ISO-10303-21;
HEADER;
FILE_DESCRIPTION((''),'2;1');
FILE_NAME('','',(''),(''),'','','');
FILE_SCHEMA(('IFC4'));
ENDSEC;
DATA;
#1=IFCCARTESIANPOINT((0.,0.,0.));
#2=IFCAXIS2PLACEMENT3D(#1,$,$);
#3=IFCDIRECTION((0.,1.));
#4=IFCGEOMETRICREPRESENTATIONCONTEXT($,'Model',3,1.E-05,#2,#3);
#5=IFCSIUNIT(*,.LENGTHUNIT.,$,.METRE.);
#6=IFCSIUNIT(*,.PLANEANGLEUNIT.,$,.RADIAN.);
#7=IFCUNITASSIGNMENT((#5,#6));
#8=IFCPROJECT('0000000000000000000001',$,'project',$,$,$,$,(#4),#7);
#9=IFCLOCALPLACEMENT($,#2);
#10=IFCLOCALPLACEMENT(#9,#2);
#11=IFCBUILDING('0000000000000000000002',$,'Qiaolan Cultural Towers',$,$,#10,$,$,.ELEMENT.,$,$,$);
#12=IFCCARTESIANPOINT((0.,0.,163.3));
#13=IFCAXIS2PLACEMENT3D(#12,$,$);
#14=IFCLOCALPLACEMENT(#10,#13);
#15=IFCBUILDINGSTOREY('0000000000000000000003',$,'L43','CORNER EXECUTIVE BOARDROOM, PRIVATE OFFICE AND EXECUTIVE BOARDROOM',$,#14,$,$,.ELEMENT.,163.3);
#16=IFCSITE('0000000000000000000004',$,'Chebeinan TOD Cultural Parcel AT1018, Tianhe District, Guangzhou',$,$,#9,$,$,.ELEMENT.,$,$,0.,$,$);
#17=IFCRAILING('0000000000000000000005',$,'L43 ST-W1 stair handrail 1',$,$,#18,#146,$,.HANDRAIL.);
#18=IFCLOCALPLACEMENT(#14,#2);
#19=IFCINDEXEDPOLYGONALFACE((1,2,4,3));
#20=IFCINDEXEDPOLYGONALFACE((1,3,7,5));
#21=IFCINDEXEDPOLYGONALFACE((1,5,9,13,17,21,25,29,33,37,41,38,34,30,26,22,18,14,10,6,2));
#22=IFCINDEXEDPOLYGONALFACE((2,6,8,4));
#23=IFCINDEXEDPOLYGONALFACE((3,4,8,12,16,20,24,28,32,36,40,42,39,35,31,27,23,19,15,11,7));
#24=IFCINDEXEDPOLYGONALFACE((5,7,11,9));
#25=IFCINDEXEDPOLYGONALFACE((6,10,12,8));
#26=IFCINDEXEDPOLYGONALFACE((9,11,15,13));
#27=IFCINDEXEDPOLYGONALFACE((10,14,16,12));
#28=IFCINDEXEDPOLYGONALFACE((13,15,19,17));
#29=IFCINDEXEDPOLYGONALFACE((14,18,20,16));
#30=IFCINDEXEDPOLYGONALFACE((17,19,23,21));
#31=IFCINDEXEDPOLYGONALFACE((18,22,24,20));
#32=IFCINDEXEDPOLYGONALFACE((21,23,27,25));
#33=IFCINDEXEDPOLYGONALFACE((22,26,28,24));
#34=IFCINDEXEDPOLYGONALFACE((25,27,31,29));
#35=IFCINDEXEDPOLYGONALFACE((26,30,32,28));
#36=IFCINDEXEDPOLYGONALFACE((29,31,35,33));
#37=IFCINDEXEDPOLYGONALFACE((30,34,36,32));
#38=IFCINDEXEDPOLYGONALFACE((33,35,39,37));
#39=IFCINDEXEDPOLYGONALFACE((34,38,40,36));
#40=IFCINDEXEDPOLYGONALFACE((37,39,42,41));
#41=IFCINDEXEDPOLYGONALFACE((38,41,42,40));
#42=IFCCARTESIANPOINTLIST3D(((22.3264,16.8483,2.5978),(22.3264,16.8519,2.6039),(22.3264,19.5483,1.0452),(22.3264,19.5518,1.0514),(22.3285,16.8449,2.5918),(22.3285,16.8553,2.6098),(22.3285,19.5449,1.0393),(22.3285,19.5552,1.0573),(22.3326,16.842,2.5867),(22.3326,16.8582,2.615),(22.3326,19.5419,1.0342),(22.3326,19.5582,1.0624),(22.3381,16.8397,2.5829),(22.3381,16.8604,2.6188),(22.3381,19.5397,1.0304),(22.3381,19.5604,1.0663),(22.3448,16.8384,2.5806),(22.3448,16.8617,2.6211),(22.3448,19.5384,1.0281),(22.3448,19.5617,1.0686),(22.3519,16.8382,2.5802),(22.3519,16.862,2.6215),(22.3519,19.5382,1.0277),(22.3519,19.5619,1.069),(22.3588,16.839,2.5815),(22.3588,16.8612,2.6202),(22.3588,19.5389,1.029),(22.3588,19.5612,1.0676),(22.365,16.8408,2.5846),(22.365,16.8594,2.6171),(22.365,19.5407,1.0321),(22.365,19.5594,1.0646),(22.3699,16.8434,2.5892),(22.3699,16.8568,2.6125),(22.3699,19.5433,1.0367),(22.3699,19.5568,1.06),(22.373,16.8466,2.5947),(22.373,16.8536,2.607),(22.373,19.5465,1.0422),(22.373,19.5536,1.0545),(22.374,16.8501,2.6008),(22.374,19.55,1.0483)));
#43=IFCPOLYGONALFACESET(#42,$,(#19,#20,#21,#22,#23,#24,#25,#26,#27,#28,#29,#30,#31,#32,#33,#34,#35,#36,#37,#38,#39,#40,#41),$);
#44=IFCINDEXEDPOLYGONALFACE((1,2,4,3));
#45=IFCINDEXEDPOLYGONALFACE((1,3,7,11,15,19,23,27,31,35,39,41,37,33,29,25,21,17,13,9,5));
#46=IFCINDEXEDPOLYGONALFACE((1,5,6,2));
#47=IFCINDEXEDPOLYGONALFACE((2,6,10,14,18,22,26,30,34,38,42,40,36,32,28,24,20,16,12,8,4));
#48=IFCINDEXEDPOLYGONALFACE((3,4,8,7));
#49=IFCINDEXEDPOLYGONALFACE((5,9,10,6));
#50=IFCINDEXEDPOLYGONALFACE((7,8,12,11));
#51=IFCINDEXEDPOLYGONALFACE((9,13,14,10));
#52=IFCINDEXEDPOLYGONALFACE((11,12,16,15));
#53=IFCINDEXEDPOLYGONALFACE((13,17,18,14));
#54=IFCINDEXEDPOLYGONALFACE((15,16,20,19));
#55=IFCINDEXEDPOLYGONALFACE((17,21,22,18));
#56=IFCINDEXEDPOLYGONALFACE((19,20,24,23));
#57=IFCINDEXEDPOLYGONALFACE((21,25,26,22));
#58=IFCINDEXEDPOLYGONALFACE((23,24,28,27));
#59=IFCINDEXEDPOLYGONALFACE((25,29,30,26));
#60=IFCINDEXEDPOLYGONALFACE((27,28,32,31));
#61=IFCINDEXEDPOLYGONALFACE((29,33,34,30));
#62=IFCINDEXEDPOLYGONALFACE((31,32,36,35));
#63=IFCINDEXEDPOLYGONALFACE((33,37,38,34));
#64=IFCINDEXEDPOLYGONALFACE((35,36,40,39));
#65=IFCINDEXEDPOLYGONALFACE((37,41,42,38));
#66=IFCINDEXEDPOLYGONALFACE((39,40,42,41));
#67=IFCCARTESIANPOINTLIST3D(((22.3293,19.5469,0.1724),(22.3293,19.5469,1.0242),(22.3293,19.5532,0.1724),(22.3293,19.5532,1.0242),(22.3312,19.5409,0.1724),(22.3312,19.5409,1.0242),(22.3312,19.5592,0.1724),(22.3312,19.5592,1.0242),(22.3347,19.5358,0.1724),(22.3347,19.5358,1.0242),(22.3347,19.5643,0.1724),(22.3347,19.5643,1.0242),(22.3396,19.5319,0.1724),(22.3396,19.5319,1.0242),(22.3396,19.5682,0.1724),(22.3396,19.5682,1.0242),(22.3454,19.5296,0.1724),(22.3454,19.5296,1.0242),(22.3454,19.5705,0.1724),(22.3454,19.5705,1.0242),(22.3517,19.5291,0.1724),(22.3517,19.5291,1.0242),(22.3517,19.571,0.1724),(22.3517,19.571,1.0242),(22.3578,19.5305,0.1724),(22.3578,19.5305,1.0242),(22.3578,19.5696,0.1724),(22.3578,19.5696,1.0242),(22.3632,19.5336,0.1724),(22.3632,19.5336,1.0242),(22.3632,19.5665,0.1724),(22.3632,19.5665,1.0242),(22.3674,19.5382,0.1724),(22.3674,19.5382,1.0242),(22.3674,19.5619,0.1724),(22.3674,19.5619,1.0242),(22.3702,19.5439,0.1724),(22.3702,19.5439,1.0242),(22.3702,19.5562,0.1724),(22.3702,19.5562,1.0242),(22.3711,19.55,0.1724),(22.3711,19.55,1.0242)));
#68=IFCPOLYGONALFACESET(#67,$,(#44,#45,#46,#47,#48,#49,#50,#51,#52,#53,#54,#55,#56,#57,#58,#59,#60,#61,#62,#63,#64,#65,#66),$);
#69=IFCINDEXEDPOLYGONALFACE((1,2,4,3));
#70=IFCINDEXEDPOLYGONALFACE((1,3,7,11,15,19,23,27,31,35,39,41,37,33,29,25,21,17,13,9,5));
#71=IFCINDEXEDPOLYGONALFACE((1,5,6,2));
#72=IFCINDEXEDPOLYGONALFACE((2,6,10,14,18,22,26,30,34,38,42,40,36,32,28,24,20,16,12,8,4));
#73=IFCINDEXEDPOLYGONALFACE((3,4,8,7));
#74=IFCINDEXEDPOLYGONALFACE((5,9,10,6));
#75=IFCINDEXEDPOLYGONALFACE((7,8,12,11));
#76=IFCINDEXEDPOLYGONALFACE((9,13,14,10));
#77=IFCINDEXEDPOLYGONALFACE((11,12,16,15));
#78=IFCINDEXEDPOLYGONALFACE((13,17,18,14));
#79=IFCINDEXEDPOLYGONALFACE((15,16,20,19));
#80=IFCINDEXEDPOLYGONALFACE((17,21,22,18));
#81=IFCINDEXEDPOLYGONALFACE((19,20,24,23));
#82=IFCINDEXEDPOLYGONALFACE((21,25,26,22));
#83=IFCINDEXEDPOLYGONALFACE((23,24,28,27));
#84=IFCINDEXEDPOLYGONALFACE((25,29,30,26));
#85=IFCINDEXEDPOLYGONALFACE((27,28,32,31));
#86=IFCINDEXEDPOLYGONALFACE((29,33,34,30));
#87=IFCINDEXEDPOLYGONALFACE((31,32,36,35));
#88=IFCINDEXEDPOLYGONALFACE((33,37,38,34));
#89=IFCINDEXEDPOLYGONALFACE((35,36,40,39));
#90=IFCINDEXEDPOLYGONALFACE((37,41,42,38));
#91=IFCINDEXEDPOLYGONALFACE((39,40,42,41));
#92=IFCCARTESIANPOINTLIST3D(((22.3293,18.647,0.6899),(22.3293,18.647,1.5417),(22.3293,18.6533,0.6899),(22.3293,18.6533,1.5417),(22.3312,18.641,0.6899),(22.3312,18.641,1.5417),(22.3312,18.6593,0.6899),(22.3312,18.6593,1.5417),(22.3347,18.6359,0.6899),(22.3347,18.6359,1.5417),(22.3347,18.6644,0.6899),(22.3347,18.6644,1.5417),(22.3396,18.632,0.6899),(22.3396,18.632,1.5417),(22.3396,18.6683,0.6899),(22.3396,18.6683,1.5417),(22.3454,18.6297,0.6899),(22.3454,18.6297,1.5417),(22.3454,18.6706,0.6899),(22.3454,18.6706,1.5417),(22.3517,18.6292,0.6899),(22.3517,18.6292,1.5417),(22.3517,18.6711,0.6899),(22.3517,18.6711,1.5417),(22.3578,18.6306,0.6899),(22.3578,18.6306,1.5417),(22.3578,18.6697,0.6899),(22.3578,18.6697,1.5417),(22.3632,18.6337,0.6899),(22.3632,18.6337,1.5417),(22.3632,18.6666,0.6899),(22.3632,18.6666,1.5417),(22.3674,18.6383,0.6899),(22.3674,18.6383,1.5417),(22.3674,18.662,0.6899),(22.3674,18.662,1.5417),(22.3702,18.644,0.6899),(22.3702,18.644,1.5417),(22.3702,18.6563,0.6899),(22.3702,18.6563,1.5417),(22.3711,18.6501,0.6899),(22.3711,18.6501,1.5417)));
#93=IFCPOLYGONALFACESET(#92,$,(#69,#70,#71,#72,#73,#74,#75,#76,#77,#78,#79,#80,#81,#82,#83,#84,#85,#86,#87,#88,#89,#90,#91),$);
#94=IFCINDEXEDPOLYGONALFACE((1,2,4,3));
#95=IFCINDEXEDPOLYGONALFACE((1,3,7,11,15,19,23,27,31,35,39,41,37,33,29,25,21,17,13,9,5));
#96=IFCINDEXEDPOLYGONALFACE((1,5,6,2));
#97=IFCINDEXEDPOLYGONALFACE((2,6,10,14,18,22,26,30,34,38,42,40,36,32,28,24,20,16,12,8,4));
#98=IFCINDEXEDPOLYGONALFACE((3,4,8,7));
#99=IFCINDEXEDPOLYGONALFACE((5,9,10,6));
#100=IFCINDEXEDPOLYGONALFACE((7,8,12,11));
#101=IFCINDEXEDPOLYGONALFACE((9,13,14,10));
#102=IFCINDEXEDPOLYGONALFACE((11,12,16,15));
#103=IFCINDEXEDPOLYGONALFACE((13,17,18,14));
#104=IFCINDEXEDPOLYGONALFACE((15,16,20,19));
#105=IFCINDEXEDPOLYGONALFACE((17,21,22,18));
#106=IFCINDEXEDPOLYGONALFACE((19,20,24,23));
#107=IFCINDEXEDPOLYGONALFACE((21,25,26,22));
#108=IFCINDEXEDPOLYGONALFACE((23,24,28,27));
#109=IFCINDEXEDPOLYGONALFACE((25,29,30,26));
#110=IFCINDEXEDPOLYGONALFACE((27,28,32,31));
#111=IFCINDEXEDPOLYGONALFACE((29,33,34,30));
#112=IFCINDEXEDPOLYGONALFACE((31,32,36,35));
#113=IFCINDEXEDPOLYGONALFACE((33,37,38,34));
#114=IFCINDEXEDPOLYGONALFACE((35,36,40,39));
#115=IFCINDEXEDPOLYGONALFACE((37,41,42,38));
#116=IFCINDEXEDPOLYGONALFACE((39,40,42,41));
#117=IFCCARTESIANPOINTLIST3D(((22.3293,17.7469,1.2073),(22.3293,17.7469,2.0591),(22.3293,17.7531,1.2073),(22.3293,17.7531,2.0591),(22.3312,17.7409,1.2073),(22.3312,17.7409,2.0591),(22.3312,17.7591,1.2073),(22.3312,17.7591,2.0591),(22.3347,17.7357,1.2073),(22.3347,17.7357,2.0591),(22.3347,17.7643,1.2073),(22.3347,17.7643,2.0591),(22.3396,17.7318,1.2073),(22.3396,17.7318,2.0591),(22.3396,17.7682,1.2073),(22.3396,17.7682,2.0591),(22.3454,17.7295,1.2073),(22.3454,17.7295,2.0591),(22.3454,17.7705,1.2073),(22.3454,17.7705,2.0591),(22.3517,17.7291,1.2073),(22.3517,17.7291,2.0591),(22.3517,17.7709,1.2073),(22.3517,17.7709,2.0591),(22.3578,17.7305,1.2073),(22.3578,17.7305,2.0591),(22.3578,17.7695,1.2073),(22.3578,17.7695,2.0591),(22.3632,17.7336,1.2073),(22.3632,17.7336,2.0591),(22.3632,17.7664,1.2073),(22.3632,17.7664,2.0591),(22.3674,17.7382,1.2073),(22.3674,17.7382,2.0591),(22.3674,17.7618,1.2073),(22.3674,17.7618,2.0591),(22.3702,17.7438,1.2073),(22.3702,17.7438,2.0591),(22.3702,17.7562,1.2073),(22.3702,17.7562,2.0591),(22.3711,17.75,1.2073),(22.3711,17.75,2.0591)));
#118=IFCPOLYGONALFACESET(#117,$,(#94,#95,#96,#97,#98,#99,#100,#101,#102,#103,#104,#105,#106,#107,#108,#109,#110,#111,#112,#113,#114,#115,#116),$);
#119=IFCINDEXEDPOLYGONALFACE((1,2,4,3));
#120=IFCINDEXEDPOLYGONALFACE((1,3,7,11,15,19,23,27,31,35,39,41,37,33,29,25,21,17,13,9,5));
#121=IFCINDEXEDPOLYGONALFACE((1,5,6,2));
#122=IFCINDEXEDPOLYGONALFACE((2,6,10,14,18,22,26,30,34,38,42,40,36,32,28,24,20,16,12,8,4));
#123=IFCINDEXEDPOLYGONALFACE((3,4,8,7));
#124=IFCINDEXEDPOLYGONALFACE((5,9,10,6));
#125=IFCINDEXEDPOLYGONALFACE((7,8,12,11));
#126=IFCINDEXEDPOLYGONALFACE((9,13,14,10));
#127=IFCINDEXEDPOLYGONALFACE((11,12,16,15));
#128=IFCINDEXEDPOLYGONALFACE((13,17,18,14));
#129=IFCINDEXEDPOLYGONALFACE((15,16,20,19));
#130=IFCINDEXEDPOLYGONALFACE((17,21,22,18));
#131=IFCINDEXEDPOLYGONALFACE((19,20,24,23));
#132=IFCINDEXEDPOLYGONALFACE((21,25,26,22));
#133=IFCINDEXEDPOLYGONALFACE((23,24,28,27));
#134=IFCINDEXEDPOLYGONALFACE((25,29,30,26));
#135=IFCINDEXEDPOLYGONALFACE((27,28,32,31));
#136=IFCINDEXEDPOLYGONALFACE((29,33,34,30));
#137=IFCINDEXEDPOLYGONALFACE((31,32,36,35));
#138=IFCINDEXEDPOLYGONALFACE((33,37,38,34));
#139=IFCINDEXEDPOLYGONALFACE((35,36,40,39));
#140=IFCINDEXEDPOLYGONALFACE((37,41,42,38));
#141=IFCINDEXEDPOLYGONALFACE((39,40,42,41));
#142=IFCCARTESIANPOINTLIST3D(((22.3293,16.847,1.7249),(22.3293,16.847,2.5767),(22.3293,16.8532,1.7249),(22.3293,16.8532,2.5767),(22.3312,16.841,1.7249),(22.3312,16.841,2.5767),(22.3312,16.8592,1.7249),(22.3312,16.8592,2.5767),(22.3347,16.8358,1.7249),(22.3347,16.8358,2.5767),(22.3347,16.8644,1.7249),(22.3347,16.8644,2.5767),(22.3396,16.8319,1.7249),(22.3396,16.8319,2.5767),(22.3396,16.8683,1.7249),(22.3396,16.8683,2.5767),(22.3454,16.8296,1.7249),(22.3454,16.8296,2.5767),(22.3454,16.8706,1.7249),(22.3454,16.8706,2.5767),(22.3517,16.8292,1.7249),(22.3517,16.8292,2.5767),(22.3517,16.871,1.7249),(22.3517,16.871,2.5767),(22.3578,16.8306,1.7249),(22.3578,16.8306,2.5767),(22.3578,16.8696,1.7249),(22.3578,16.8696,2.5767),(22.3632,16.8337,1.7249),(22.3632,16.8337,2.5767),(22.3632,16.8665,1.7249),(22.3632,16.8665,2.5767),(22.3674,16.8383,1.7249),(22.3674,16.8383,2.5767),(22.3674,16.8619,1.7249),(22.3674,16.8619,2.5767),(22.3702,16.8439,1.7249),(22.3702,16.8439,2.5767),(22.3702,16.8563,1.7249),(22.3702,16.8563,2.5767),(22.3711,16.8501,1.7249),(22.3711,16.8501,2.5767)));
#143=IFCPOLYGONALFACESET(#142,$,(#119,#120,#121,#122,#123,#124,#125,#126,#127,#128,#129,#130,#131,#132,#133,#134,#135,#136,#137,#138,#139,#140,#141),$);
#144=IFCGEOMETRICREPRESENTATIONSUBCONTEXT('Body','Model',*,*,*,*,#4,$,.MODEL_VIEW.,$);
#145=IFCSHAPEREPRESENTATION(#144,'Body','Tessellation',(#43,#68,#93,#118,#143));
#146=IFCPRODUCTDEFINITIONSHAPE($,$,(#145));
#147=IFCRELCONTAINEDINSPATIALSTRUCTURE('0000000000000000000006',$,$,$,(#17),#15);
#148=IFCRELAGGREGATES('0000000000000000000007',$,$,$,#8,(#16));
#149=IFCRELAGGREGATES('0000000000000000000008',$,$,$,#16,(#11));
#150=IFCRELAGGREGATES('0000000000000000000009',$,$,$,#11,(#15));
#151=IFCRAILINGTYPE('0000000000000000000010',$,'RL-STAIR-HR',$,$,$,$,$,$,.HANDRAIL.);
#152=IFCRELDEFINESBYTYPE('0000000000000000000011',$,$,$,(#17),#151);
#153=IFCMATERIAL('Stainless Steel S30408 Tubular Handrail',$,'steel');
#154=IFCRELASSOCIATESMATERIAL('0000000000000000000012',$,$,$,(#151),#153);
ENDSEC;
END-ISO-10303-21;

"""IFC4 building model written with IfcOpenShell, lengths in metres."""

from ifc_helpers import new_model, si_unit, direction, frame, origin, origin_2d, place, context, subcontext, project, spatial, circle, extrude, material, type_object, element, save


model = new_model("IFC4")

# Units and contexts
model_context = context("Model", 3, precision=1e-05, world=origin(), true_north=direction((0.0, 1.0)))
body_context = subcontext(model_context, "Body", "Model", "MODEL_VIEW")
ifc_project = project(units=[si_unit("LENGTHUNIT", "METRE"), si_unit("PLANEANGLEUNIT", "RADIAN")], contexts=[model_context])

# Site, building, storey
site_placement = place(None, origin())
site = spatial("IfcSite", under=ifc_project, at=site_placement, Name="Chebeinan TOD Cultural Parcel AT1018, Tianhe District, Guangzhou", CompositionType="ELEMENT", RefElevation=0.0)
building_placement = place(site_placement, origin())
building = spatial("IfcBuilding", under=site, at=building_placement, Name="Qiaolan Cultural Towers", CompositionType="ELEMENT")
storey_placement = place(building_placement, frame((0.0, 0.0, 163.3)))
storey = spatial("IfcBuildingStorey", under=building, at=storey_placement, Name="L43", Description="CORNER EXECUTIVE BOARDROOM, PRIVATE OFFICE AND EXECUTIVE BOARDROOM", CompositionType="ELEMENT", Elevation=163.3)

# Railing
ifc_material_1 = material(Name="Stainless Steel S30408 Tubular Handrail", Category="steel")
railing_type_1 = type_object("IfcRailingType", Name="RL-STAIR-HR", PredefinedType="HANDRAIL", material=ifc_material_1)
railing_1_placement = place(storey_placement, frame((22.3501, 19.55, 0.1724)))
element("IfcRailing", 1, at=railing_1_placement, inside=storey, type_object=railing_type_1, Name="L43 ST-W1 stair handrail 1", PredefinedType="HANDRAIL", context=body_context, shape_type="SweptSolid", body=[
    extrude(circle(Radius=0.0239, at=origin_2d()), frame((0.0, 0.0, 0.876), z_axis=(0.0, -0.866904, 0.498476), x_axis=(1.0, 0.0, 0.0)), (0.0, 0.0, 1.0), 3.1145),
    extrude(circle(Radius=0.021, at=origin_2d()), origin(), (0.0, 0.0, 1.0), 0.8518),
    extrude(circle(Radius=0.021, at=origin_2d()), frame((0.0, -0.8999, 0.5176)), (0.0, 0.0, 1.0), 0.8518),
    extrude(circle(Radius=0.021, at=origin_2d()), frame((0.0, -1.8, 1.0349)), (0.0, 0.0, 1.0), 0.8518),
    extrude(circle(Radius=0.021, at=origin_2d()), frame((0.0, -2.7, 1.5525)), (0.0, 0.0, 1.0), 0.8518),
])

save(model, "model.ifc")
